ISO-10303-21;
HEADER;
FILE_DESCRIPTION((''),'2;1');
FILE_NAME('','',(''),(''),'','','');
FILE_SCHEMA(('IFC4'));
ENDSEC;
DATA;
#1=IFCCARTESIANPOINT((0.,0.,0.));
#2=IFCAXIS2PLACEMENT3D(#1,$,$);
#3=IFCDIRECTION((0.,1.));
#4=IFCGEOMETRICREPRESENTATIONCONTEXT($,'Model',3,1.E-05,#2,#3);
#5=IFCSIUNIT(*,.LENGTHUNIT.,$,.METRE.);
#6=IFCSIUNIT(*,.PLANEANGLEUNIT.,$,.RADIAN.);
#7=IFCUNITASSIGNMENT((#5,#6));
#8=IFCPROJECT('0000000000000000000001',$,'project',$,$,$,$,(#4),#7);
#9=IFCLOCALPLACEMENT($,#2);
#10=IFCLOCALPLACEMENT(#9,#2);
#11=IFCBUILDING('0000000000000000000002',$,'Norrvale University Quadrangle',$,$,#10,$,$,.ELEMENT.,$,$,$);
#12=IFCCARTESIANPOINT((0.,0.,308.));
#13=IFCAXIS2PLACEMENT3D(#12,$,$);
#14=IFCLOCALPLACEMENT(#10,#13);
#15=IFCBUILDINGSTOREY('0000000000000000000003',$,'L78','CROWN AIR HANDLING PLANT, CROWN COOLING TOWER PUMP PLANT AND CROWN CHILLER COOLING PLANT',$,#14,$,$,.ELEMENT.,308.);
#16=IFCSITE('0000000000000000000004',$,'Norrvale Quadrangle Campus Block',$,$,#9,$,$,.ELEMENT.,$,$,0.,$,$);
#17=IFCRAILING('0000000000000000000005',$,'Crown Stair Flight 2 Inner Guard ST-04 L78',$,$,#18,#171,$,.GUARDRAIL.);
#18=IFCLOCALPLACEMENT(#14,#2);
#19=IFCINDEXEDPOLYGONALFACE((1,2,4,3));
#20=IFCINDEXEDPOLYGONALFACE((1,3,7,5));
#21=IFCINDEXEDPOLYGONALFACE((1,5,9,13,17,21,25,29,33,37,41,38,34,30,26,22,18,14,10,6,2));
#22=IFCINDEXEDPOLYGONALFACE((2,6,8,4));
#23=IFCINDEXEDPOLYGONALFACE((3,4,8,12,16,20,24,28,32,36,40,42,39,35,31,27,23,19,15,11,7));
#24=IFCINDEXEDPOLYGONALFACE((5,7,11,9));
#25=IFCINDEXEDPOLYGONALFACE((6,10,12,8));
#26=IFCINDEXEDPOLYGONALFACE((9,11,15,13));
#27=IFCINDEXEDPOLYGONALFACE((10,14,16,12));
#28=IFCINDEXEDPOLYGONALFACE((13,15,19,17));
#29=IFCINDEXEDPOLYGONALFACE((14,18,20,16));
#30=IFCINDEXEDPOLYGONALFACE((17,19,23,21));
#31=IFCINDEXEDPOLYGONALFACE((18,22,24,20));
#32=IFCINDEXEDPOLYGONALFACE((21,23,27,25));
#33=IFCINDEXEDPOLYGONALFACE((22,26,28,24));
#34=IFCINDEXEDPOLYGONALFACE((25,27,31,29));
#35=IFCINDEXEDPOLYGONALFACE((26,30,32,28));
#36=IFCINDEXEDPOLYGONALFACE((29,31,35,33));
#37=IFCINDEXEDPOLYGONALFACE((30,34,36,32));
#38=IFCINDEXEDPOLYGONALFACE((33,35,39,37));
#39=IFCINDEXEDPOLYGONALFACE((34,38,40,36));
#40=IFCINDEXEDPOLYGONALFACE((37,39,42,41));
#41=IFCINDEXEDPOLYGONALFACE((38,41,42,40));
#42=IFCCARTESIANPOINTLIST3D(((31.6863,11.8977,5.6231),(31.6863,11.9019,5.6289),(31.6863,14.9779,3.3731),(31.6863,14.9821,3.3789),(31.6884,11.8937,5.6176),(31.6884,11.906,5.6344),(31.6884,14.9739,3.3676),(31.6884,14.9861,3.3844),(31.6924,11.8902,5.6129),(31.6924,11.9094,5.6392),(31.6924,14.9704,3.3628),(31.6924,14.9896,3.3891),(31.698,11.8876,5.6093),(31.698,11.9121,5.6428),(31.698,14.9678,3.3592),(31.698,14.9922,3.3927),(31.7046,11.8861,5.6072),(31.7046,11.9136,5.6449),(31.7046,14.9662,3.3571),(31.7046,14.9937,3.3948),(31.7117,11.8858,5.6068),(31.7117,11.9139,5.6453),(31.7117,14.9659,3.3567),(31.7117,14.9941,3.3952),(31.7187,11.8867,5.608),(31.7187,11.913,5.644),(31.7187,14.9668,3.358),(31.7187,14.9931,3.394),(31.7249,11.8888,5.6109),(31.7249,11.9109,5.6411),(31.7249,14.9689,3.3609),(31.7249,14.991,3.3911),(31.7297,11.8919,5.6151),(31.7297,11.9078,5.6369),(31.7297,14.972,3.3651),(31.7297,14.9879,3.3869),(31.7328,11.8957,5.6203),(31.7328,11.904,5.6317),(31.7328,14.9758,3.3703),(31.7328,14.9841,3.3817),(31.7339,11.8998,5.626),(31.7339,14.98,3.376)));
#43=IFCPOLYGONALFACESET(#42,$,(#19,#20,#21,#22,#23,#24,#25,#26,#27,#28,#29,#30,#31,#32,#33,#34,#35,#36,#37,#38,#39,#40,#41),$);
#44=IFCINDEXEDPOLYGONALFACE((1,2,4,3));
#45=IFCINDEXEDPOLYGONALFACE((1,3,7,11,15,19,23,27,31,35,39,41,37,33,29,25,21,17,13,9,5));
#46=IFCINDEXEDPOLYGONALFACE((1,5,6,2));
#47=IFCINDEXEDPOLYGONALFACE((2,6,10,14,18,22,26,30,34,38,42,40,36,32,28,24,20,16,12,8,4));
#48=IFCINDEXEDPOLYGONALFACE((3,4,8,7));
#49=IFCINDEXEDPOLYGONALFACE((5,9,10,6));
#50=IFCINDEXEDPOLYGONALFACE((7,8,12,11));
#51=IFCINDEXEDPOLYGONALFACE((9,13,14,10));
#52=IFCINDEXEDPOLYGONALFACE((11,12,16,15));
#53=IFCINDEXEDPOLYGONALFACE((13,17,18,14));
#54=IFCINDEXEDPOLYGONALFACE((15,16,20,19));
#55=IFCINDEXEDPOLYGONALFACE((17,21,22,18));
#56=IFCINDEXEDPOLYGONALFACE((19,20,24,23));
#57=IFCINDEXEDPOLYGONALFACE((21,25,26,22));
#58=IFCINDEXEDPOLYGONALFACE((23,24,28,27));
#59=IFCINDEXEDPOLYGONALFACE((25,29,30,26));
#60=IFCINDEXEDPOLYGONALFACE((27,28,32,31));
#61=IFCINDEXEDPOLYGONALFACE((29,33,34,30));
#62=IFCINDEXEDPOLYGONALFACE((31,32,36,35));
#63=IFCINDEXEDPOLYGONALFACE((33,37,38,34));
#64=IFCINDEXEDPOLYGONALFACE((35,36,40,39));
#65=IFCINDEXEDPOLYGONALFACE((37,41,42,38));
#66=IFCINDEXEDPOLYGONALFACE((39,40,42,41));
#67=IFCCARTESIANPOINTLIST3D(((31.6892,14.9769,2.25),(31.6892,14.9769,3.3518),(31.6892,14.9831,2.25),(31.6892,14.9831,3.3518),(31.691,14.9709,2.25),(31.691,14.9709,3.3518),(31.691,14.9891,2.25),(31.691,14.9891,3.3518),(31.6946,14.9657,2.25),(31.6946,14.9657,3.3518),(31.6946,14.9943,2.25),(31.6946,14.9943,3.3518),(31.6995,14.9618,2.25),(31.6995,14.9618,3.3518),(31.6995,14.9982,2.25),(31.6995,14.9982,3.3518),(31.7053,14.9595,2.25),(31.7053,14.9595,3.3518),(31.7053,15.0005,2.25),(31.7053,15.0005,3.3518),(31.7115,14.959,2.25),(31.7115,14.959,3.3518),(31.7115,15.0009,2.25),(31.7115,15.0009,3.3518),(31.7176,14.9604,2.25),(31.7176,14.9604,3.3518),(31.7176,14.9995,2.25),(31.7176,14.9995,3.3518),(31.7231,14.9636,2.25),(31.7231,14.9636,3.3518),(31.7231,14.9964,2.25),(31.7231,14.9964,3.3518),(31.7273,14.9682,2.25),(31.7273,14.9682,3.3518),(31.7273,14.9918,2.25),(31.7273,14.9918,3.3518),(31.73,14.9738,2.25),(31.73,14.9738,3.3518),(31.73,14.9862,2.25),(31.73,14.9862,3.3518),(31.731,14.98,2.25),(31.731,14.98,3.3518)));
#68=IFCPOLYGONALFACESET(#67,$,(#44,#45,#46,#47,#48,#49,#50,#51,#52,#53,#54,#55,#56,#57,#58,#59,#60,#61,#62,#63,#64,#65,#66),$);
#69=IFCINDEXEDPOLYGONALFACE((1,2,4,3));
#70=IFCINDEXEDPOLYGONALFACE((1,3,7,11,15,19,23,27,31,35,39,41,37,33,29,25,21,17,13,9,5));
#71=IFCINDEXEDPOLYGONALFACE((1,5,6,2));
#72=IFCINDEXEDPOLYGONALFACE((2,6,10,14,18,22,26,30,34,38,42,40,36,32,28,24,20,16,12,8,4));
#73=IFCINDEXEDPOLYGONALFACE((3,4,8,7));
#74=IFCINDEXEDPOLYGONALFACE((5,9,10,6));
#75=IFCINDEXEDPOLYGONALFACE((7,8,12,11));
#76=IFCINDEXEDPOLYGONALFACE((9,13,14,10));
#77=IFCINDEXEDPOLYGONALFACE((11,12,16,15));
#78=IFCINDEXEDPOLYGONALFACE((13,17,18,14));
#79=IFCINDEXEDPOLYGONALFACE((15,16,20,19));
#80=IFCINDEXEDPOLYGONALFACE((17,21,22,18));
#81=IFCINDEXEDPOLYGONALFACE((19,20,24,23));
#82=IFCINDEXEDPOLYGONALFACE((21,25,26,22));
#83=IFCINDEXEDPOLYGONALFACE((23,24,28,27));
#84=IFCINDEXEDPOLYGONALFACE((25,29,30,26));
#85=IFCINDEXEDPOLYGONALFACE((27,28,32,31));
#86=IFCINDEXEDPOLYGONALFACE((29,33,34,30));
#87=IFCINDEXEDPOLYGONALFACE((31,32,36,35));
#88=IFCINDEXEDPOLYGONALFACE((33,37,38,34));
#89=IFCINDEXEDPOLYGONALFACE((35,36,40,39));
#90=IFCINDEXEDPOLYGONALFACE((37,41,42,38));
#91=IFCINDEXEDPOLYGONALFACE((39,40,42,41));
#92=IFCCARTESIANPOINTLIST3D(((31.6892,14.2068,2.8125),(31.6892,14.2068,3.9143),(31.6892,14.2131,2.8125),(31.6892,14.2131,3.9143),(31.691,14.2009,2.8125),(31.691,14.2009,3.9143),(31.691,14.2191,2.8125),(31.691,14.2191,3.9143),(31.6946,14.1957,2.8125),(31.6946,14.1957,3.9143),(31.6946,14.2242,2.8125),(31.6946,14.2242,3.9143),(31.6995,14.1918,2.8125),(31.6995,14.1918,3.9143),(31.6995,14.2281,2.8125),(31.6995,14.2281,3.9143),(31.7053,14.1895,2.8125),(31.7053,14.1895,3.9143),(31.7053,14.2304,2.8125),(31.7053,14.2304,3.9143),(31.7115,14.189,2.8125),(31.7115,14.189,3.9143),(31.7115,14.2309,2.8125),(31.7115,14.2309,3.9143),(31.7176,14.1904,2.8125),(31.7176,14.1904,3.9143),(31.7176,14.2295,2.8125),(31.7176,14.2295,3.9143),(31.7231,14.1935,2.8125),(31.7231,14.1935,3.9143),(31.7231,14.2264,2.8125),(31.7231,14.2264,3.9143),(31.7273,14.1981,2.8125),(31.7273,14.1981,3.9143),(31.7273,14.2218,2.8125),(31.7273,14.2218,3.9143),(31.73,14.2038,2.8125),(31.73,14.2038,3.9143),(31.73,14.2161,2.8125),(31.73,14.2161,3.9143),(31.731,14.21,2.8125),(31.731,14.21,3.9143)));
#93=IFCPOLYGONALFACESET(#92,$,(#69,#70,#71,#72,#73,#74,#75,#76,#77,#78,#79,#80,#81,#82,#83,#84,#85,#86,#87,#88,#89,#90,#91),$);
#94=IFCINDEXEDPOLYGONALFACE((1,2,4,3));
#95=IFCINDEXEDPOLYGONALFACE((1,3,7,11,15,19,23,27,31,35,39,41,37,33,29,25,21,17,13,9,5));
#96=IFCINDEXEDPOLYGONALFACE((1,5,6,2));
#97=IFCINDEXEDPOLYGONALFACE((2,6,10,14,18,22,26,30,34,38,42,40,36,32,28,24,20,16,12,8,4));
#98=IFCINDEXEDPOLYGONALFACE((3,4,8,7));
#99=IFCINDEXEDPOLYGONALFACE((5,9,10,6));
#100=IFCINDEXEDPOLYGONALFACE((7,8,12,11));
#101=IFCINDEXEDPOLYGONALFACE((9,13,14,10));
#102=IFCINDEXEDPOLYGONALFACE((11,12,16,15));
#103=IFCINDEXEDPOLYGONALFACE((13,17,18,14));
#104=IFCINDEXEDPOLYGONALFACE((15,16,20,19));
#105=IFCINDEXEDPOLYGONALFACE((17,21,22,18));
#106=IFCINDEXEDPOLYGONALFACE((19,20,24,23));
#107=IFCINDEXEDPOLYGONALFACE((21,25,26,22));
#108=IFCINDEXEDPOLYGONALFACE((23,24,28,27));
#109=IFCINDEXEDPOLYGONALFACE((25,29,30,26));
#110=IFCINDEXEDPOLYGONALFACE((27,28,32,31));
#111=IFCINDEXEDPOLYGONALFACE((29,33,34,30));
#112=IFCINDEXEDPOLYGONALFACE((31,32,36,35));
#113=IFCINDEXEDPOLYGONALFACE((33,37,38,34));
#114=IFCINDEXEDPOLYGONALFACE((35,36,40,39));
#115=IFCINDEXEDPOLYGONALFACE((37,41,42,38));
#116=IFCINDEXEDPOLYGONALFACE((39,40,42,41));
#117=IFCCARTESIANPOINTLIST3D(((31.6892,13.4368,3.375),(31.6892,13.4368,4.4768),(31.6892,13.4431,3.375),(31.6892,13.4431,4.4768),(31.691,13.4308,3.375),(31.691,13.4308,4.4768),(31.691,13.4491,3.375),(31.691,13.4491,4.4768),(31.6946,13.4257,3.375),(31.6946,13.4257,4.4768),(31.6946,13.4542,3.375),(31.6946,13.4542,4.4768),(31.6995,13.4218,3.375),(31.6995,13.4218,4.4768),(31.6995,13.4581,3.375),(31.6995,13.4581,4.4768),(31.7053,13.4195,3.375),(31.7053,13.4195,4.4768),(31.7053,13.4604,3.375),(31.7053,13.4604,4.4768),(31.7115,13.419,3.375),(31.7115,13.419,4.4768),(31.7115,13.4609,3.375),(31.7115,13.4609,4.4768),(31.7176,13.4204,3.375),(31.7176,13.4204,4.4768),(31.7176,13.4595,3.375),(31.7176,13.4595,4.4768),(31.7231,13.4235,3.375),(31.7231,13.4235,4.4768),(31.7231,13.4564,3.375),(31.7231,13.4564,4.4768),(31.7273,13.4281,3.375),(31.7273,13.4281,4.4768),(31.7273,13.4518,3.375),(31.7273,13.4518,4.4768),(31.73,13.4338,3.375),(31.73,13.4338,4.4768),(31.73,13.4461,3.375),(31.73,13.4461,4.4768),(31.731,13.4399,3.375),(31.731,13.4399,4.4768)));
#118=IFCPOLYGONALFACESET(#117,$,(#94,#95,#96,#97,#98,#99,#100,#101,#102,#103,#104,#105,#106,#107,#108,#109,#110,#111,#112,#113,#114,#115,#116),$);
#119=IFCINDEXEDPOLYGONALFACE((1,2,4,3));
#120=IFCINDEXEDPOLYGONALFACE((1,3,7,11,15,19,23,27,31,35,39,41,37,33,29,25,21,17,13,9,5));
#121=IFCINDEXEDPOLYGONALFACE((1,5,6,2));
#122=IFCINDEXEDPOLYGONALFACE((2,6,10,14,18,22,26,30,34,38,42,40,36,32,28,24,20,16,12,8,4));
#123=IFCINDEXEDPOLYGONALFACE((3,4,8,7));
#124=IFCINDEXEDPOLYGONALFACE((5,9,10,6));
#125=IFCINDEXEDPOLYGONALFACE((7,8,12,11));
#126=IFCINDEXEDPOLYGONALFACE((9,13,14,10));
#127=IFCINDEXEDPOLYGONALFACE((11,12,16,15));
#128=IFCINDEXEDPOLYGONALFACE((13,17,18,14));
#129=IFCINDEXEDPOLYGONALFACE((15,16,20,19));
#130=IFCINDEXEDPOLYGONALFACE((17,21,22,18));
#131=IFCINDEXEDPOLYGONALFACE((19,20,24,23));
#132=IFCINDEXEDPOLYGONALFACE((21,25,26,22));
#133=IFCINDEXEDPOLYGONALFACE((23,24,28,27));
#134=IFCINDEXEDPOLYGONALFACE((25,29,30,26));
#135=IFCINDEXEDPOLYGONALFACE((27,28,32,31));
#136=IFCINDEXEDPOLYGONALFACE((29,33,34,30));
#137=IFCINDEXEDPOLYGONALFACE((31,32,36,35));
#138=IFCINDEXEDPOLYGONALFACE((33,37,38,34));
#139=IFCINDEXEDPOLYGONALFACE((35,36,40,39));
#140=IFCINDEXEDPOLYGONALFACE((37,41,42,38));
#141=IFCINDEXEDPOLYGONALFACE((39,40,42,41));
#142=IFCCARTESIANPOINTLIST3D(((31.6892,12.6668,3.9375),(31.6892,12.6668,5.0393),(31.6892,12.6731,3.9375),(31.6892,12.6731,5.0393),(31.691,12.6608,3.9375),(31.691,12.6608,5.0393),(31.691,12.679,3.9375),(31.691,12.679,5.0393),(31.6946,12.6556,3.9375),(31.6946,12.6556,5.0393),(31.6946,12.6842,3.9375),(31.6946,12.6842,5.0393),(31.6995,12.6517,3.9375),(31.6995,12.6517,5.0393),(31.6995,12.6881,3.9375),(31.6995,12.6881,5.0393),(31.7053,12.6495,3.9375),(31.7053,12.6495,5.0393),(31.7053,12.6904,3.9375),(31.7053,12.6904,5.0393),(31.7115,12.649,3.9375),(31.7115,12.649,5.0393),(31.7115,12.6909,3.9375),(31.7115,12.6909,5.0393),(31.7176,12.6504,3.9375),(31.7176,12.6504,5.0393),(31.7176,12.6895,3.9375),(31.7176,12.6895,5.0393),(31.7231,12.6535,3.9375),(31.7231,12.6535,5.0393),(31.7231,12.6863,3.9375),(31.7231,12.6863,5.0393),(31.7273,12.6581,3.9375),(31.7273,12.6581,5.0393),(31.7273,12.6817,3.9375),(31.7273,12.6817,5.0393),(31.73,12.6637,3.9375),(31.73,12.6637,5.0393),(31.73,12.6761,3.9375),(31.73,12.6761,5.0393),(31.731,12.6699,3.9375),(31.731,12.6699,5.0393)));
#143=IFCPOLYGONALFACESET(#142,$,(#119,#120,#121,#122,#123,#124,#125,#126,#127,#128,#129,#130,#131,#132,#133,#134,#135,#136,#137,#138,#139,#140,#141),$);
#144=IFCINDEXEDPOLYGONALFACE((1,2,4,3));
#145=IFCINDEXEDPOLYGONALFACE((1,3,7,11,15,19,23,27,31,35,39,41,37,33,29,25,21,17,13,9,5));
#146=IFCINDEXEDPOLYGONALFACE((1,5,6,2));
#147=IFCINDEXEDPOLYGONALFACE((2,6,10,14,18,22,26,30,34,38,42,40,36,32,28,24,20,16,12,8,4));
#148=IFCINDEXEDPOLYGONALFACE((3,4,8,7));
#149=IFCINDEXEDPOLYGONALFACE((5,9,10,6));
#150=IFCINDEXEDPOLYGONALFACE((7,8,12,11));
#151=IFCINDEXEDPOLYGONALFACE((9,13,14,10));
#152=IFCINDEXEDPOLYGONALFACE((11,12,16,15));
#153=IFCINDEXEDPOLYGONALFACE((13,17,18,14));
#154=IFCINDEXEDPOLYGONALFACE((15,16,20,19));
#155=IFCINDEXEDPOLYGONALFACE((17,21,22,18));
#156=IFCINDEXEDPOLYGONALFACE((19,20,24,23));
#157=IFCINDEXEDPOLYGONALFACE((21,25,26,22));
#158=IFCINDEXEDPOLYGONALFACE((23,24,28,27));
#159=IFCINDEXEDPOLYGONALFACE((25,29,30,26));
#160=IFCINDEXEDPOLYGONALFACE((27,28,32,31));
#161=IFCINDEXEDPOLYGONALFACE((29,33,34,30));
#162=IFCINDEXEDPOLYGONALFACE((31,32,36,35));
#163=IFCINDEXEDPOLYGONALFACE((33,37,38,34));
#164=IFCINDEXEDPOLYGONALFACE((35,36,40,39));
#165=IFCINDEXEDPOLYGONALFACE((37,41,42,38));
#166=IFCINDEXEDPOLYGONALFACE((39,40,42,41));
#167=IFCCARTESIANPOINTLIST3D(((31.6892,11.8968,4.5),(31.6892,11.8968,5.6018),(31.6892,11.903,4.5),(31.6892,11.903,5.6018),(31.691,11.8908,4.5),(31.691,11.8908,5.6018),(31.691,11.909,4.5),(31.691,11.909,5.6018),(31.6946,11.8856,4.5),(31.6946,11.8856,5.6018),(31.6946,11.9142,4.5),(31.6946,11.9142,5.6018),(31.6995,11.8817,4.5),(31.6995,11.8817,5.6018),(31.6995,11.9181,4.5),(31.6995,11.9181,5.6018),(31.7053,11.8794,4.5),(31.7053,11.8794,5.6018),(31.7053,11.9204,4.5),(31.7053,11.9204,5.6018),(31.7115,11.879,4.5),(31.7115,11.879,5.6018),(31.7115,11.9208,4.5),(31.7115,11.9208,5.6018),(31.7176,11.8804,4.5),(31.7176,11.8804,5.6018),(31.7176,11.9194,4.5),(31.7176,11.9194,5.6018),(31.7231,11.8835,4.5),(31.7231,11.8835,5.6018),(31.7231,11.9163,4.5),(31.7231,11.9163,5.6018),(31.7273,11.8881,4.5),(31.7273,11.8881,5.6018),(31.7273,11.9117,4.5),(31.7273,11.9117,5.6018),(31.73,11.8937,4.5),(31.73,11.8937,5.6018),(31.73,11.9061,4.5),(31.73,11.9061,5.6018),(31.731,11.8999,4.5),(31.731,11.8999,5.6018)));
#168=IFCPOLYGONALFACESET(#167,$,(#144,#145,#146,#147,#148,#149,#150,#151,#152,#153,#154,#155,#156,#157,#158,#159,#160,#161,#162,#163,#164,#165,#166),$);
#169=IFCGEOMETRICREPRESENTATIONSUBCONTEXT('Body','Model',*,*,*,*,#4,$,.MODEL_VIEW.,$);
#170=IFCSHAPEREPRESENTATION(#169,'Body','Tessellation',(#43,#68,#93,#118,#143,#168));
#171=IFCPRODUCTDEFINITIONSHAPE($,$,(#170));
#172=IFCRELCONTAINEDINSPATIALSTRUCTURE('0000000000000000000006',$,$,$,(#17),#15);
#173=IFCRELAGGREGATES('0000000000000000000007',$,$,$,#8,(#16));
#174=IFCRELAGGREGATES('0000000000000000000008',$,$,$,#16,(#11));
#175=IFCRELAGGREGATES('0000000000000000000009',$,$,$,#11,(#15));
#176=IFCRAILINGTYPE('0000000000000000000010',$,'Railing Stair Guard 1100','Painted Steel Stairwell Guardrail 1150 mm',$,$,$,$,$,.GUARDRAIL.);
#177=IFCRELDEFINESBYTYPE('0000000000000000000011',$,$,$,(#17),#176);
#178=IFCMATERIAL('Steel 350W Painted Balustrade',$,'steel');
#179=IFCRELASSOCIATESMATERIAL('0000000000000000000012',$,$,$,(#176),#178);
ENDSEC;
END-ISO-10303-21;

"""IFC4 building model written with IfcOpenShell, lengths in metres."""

from ifc_helpers import new_model, si_unit, direction, frame, origin, origin_2d, place, context, subcontext, project, spatial, circle, extrude, material, type_object, element, save


model = new_model("IFC4")

# Units and contexts
model_context = context("Model", 3, precision=1e-05, world=origin(), true_north=direction((0.0, 1.0)))
body_context = subcontext(model_context, "Body", "Model", "MODEL_VIEW")
ifc_project = project(units=[si_unit("LENGTHUNIT", "METRE"), si_unit("PLANEANGLEUNIT", "RADIAN")], contexts=[model_context])

# Site, building, storey
site_placement = place(None, origin())
site = spatial("IfcSite", under=ifc_project, at=site_placement, Name="Norrvale Quadrangle Campus Block", CompositionType="ELEMENT", RefElevation=0.0)
building_placement = place(site_placement, origin())
building = spatial("IfcBuilding", under=site, at=building_placement, Name="Norrvale University Quadrangle", CompositionType="ELEMENT")
storey_placement = place(building_placement, frame((0.0, 0.0, 308.0)))
storey = spatial("IfcBuildingStorey", under=building, at=storey_placement, Name="L78", Description="CROWN AIR HANDLING PLANT, CROWN COOLING TOWER PUMP PLANT AND CROWN CHILLER COOLING PLANT", CompositionType="ELEMENT", Elevation=308.0)

# Railing
ifc_material_1 = material(Name="Steel 350W Painted Balustrade", Category="steel")
railing_type = type_object("IfcRailingType", Name="Railing Stair Guard 1100", Description="Painted Steel Stairwell Guardrail 1150 mm", PredefinedType="GUARDRAIL", material=ifc_material_1)
for number, where, name in (
    (1, (31.71, 14.98, 2.25), "Crown Stair Flight 2 Inner Guard ST-04 L78"),
):
    element("IfcRailing", number, at=place(storey_placement, frame(where)), inside=storey, type_object=railing_type, Name=name, PredefinedType="GUARDRAIL", context=body_context, shape_type="SweptSolid", body=[
        extrude(circle(Radius=0.0239, at=origin_2d()), frame((0.0, 0.0, 1.126), z_axis=(0.0, -0.807494, 0.589875), x_axis=(1.0, 0.0, 0.0)), (0.0, 0.0, 1.0), 3.8145),
        extrude(circle(Radius=0.021, at=origin_2d()), origin(), (0.0, 0.0, 1.0), 1.1018),
        extrude(circle(Radius=0.021, at=origin_2d()), frame((0.0, -0.77, 0.5625)), (0.0, 0.0, 1.0), 1.1018),
        extrude(circle(Radius=0.021, at=origin_2d()), frame((0.0, -1.54, 1.125)), (0.0, 0.0, 1.0), 1.1018),
        extrude(circle(Radius=0.021, at=origin_2d()), frame((0.0, -2.3101, 1.6875)), (0.0, 0.0, 1.0), 1.1018),
        extrude(circle(Radius=0.021, at=origin_2d()), frame((0.0, -3.0801, 2.25)), (0.0, 0.0, 1.0), 1.1018),
    ])

save(model, "model.ifc")
